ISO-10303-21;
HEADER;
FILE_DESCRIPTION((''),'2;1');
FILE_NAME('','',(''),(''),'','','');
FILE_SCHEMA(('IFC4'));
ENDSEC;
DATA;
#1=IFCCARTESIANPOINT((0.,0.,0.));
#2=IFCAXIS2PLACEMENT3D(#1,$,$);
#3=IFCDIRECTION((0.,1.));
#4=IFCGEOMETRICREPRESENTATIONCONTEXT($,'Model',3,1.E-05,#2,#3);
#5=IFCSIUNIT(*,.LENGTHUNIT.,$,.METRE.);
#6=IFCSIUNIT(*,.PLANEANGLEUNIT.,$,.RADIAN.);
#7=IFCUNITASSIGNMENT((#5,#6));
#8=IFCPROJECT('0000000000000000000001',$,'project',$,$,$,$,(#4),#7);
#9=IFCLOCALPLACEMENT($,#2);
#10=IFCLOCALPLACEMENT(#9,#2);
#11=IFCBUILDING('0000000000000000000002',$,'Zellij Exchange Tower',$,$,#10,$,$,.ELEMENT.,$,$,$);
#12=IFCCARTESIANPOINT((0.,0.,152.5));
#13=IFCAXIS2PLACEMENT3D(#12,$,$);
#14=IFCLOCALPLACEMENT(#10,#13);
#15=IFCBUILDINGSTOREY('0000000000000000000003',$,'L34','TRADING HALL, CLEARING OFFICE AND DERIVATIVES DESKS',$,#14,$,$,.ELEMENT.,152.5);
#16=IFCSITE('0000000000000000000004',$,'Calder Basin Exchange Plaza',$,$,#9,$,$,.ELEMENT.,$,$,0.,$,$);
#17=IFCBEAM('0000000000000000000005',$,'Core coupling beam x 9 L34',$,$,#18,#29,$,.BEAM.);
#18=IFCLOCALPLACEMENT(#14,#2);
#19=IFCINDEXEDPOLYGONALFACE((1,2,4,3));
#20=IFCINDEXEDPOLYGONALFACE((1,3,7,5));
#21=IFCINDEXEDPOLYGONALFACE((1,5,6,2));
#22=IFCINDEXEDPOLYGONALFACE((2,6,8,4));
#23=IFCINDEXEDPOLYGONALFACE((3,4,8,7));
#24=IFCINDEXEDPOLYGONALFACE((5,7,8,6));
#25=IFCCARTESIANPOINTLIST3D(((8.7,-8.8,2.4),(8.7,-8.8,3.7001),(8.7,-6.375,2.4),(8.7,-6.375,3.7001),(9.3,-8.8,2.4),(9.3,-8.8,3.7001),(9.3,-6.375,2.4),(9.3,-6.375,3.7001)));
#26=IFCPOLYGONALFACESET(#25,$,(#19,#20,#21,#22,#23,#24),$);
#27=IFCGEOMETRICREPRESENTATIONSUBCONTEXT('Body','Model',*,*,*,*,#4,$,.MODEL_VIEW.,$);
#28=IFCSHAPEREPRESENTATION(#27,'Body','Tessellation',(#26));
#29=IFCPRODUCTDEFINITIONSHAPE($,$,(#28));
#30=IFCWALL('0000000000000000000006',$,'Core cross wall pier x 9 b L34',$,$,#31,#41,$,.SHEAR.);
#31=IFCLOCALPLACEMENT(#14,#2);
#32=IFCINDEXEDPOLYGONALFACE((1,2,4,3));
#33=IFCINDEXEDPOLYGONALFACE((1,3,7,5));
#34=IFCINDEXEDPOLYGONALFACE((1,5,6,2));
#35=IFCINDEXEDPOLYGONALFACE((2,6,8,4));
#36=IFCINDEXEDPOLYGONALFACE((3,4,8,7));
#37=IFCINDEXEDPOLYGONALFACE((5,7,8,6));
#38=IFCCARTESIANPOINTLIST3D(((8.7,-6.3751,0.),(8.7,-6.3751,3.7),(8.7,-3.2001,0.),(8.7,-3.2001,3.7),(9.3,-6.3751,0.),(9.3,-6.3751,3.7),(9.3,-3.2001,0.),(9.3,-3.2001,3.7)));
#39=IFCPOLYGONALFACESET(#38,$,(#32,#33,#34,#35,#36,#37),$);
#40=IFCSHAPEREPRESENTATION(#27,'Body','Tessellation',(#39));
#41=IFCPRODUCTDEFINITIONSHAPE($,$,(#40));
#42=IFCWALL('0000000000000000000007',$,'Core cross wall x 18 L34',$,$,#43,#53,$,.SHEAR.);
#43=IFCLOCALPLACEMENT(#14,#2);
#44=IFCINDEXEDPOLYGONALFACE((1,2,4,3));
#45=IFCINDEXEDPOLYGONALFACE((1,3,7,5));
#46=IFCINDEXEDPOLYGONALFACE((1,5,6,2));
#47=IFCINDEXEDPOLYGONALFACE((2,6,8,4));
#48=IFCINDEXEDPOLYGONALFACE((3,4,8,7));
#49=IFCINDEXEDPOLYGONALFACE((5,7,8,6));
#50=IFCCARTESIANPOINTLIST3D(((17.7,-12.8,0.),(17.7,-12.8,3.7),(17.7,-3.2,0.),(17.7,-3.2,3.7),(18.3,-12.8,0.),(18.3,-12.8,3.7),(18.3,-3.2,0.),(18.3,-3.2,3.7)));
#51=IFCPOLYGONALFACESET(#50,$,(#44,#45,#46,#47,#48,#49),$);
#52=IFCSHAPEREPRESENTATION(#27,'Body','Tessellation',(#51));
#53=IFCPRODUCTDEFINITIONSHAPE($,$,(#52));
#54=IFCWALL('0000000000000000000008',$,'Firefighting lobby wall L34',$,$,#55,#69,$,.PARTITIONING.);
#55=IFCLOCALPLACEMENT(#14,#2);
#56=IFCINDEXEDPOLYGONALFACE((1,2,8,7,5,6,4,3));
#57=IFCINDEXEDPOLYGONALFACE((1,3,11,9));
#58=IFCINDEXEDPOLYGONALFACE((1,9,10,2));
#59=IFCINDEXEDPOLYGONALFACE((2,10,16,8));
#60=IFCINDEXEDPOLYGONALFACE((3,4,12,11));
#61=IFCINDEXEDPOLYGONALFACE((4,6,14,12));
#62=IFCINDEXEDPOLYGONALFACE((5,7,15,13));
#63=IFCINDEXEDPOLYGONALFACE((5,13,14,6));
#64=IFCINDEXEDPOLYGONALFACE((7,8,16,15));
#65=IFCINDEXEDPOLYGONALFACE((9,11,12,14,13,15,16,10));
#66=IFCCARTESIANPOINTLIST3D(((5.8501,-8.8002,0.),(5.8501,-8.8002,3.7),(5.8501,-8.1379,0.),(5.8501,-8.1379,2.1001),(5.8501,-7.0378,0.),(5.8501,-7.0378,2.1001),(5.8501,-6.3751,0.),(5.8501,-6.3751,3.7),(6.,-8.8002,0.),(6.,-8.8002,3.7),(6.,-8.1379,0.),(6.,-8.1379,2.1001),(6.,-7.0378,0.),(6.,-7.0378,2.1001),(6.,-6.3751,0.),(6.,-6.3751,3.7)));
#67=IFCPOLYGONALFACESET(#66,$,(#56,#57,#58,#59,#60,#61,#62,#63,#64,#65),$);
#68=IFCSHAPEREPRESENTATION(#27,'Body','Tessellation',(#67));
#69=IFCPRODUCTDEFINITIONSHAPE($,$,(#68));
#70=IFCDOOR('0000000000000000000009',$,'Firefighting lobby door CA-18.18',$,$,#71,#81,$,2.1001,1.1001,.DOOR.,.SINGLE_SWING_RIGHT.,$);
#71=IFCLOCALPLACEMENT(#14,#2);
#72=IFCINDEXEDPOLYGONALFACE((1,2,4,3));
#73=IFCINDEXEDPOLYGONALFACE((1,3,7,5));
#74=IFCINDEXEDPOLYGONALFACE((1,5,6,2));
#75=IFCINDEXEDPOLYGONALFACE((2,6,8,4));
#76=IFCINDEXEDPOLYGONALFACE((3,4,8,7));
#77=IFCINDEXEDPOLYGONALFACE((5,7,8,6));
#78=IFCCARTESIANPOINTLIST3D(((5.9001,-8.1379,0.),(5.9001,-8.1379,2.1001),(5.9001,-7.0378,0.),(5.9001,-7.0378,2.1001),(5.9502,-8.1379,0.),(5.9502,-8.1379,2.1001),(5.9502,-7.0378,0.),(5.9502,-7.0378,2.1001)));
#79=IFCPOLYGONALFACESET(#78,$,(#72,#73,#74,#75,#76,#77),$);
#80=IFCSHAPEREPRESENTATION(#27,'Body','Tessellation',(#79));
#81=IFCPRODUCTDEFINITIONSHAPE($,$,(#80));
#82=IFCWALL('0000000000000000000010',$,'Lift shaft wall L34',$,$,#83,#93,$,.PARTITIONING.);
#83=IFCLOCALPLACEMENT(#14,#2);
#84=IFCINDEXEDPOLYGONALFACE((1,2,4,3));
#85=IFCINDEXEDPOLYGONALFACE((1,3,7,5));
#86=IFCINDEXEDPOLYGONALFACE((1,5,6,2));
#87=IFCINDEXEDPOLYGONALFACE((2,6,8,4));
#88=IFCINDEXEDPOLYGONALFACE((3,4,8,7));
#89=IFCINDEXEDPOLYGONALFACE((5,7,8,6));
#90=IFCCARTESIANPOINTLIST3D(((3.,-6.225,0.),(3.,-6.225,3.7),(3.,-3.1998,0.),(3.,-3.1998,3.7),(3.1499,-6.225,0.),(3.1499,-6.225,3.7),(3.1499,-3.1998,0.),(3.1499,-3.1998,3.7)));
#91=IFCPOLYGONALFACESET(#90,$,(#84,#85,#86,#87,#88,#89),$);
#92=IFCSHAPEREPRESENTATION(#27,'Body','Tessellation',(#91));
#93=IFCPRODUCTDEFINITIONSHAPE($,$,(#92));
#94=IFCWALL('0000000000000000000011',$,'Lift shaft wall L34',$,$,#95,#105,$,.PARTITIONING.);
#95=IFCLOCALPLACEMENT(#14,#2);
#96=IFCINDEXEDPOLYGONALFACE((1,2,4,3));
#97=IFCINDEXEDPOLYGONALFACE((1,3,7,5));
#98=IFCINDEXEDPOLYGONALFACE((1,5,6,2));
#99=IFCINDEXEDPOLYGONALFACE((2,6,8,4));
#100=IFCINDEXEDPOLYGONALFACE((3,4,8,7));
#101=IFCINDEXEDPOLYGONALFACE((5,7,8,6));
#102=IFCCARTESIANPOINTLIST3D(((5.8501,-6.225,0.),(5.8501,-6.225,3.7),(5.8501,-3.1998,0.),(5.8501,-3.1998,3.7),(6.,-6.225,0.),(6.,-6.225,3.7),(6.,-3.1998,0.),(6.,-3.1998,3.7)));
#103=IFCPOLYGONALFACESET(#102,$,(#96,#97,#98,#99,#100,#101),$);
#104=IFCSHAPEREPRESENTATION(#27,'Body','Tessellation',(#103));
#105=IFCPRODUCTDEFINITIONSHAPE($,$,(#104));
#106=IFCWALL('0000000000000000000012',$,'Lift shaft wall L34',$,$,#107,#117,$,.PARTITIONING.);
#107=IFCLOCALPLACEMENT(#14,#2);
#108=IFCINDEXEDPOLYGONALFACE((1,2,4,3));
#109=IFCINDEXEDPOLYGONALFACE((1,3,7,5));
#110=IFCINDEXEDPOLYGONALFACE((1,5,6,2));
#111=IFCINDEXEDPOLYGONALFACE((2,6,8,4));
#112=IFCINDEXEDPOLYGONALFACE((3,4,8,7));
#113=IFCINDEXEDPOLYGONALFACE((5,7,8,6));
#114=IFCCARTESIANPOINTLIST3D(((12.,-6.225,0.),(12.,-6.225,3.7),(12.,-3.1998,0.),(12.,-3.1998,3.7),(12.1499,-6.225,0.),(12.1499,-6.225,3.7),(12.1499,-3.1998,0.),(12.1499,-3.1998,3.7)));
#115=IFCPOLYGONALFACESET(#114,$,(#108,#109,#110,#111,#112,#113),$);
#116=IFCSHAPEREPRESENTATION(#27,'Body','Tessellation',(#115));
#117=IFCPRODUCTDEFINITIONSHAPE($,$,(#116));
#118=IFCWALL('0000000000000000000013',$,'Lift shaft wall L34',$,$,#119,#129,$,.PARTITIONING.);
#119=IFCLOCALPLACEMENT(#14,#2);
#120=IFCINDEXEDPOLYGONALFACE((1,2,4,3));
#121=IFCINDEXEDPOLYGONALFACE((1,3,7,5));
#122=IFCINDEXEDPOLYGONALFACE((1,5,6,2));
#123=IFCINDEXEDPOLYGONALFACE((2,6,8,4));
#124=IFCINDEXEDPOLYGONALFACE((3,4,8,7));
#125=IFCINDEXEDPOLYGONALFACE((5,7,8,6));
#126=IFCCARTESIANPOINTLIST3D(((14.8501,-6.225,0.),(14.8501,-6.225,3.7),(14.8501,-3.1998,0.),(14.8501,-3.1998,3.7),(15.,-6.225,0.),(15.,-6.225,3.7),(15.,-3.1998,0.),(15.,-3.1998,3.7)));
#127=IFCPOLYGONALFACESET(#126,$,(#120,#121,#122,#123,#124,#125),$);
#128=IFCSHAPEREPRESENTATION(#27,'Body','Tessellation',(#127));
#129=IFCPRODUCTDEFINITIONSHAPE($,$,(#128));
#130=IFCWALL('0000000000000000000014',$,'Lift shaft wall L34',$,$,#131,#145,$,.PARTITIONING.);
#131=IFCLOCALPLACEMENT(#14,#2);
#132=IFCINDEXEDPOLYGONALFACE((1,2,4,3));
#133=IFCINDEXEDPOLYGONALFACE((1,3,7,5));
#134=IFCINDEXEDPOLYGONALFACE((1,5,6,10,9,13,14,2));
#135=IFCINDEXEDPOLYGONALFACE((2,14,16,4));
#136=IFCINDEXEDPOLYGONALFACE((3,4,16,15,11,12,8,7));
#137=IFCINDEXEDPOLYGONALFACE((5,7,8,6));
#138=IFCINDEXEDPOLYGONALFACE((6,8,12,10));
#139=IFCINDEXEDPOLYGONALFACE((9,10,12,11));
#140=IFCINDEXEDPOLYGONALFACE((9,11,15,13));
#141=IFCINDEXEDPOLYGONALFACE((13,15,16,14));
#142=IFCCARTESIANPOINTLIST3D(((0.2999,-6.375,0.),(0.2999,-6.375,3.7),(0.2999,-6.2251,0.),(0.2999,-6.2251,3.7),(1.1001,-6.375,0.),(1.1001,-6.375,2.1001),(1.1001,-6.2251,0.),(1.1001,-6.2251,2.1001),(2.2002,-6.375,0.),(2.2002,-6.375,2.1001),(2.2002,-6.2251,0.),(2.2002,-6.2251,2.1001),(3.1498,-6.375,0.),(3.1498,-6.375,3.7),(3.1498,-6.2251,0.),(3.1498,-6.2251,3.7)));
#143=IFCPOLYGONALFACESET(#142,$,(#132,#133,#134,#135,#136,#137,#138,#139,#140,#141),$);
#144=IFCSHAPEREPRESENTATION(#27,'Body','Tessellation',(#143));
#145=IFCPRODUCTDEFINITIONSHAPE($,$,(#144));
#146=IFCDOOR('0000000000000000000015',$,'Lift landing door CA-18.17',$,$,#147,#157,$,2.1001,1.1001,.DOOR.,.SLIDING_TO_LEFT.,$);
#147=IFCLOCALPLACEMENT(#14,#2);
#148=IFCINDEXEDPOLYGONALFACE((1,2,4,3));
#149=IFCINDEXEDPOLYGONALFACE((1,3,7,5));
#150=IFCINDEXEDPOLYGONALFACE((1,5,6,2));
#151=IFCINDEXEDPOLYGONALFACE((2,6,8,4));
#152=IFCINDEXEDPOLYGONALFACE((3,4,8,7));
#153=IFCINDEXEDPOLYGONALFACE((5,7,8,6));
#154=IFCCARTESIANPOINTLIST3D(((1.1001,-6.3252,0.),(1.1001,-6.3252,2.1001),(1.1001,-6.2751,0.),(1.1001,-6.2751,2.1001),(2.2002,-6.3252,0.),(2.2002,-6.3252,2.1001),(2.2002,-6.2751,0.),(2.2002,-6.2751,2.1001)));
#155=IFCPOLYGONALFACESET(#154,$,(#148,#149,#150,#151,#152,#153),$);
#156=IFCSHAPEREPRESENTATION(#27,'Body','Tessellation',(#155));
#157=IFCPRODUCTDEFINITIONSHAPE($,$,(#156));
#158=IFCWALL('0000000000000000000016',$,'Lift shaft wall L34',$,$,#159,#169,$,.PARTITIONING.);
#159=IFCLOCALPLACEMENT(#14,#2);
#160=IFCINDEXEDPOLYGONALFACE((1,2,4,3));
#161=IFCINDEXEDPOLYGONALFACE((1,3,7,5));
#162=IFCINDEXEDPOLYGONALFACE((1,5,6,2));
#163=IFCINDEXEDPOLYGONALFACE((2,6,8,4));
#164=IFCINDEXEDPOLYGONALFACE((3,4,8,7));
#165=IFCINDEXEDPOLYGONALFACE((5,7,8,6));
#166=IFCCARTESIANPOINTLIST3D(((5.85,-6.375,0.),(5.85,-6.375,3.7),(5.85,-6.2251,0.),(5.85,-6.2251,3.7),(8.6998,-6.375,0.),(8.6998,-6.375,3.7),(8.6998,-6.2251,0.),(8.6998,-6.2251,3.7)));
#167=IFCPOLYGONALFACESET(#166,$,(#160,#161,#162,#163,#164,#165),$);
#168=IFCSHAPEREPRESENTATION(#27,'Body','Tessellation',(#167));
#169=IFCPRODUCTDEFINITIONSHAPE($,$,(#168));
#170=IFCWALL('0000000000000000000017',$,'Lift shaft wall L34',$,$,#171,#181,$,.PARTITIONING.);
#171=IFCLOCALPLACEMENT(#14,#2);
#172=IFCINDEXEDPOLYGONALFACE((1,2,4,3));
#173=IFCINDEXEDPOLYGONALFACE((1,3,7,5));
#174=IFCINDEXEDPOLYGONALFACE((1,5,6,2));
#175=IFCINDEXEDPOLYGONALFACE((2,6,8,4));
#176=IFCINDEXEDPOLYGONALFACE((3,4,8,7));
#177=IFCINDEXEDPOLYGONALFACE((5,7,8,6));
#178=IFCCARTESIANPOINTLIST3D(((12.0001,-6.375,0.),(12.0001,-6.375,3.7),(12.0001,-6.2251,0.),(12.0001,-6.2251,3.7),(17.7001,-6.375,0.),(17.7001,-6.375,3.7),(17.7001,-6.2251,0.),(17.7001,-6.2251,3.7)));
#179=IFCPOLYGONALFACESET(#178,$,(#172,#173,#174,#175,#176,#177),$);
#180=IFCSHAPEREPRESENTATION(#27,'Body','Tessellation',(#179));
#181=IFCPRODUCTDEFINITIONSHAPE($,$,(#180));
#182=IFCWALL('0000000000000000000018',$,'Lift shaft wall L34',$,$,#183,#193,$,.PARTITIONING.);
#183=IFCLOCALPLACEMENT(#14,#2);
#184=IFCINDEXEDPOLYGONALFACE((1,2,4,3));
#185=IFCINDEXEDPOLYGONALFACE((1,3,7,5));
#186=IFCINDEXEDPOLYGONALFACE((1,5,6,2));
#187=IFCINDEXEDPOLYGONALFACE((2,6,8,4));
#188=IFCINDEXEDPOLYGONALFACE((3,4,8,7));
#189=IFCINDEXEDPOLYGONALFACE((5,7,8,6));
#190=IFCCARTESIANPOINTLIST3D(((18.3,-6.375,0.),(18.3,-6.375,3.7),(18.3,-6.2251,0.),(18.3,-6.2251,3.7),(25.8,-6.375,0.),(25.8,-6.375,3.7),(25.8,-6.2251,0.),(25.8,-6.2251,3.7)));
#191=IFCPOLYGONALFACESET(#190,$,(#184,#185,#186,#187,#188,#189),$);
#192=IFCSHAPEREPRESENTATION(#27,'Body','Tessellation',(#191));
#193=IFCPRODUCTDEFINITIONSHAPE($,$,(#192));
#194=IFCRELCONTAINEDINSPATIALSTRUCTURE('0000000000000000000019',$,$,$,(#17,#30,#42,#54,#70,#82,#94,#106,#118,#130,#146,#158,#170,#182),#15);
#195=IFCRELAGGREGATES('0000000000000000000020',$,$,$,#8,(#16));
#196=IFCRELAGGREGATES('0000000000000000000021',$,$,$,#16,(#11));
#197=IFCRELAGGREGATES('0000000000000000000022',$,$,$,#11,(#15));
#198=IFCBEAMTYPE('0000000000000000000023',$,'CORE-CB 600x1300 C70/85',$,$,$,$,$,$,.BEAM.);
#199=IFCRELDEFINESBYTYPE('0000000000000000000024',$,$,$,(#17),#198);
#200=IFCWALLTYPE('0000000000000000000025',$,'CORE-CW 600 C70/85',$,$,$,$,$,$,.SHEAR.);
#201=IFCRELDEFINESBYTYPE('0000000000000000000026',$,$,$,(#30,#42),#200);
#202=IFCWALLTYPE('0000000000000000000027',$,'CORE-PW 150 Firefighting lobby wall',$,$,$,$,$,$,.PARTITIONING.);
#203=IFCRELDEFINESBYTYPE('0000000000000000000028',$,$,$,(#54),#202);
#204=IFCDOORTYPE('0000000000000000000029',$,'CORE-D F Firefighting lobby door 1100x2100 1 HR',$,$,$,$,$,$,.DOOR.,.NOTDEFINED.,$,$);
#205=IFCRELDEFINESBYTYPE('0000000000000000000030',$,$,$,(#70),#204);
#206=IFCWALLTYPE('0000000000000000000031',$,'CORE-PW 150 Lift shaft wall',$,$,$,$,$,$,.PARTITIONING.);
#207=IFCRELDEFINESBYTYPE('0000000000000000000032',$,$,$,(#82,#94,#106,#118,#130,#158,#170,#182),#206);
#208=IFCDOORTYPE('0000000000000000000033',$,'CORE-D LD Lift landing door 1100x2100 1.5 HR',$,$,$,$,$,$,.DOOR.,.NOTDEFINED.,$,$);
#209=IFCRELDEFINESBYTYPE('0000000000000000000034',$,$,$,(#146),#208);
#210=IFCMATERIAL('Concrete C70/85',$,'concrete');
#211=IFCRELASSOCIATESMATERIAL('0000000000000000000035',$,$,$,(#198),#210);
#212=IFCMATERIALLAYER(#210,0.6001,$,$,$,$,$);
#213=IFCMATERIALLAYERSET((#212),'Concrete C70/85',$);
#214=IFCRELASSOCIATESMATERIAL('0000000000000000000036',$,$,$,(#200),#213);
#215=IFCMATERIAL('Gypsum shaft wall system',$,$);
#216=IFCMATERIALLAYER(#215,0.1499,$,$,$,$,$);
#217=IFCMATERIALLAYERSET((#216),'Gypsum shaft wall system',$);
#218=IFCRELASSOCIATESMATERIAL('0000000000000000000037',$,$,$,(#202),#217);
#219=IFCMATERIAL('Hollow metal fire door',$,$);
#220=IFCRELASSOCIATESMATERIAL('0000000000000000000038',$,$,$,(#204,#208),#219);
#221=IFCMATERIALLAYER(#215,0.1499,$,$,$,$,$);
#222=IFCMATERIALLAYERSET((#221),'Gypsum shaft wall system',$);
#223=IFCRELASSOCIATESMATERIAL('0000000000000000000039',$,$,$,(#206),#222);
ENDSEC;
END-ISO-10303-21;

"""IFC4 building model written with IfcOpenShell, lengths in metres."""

from ifc_helpers import new_model, si_unit, direction, frame, frame_2d, origin, origin_2d, place, context, subcontext, project, spatial, rectangle, extrude, material, layer, layer_set, material_profile, profile_set, type_object, element, fill, save


model = new_model("IFC4")

# Units and contexts
model_context = context("Model", 3, precision=1e-05, world=origin(), true_north=direction((0.0, 1.0)))
body_context = subcontext(model_context, "Body", "Model", "MODEL_VIEW")
ifc_project = project(units=[si_unit("LENGTHUNIT", "METRE"), si_unit("PLANEANGLEUNIT", "RADIAN")], contexts=[model_context])

# Site, building, storey
site_placement = place(None, origin())
site = spatial("IfcSite", under=ifc_project, at=site_placement, Name="Calder Basin Exchange Plaza", CompositionType="ELEMENT", RefElevation=0.0)
building_placement = place(site_placement, origin())
building = spatial("IfcBuilding", under=site, at=building_placement, Name="Zellij Exchange Tower", CompositionType="ELEMENT")
storey_placement = place(building_placement, frame((0.0, 0.0, 152.5)))
storey = spatial("IfcBuildingStorey", under=building, at=storey_placement, Name="L34", Description="TRADING HALL, CLEARING OFFICE AND DERIVATIVES DESKS", CompositionType="ELEMENT", Elevation=152.5)

# Beam
ifc_material_1 = material(Name="Concrete C70/85", Category="concrete")
ifc_material_profile = material_profile(ifc_material_1, rectangle(XDim=0.6001, YDim=1.3, at=origin_2d()), Name="CORE-CB 600x1300 C70/85")
ifc_profile_set = profile_set([ifc_material_profile], Name="Concrete C70/85")
beam_type = type_object("IfcBeamType", Name="CORE-CB 600x1300 C70/85", PredefinedType="BEAM", material=ifc_profile_set)
beam_placement = place(storey_placement, frame((9.0, -8.8, 3.05), z_axis=(0.0, 1.0, 0.0), x_axis=(-1.0, 0.0, 0.0)))
element("IfcBeam", 1, at=beam_placement, inside=storey, type_object=beam_type, Name="Core coupling beam x 9 L34", PredefinedType="BEAM", context=body_context, shape_type="SweptSolid", body=[
    extrude(rectangle(XDim=0.6001, YDim=1.3, at=origin_2d()), origin(), (0.0, 0.0, 1.0), 2.425),
])

# Walls
ifc_layer_1 = layer(ifc_material_1, 0.6001)
ifc_layer_set_1 = layer_set([ifc_layer_1], Name="Concrete C70/85")
wall_type_1 = type_object("IfcWallType", Name="CORE-CW 600 C70/85", PredefinedType="SHEAR", material=ifc_layer_set_1)
wall_1_placement = place(storey_placement, frame((9.0, -6.375, 0.0), z_axis=(0.0, 0.0, 1.0), x_axis=(0.0, 1.0, 0.0)))
element("IfcWall", 2, at=wall_1_placement, inside=storey, type_object=wall_type_1, Name="Core cross wall pier x 9 b L34", PredefinedType="SHEAR", context=body_context, shape_type="SweptSolid", body=[
    extrude(rectangle(XDim=3.175, YDim=0.6001, at=frame_2d((1.5874, 0.0))), origin(), (0.0, 0.0, 1.0), 3.7),
])
wall_2_placement = place(storey_placement, frame((18.0, -12.8, 0.0), z_axis=(0.0, 0.0, 1.0), x_axis=(0.0, 1.0, 0.0)))
element("IfcWall", 3, at=wall_2_placement, inside=storey, type_object=wall_type_1, Name="Core cross wall x 18 L34", PredefinedType="SHEAR", context=body_context, shape_type="SweptSolid", body=[
    extrude(rectangle(XDim=9.6001, YDim=0.6001, at=frame_2d((4.8, 0.0))), origin(), (0.0, 0.0, 1.0), 3.7),
])

# Wall, opening, door
ifc_material_2 = material(Name="Gypsum shaft wall system")
ifc_layer_2 = layer(ifc_material_2, 0.1499)
ifc_layer_set_2 = layer_set([ifc_layer_2], Name="Gypsum shaft wall system")
wall_type_2 = type_object("IfcWallType", Name="CORE-PW 150 Firefighting lobby wall", PredefinedType="PARTITIONING", material=ifc_layer_set_2)
wall_3_placement = place(storey_placement, frame((5.925, -8.8, 0.0), z_axis=(0.0, 0.0, 1.0), x_axis=(0.0, 1.0, 0.0)))
wall_3 = element("IfcWall", 4, at=wall_3_placement, inside=storey, type_object=wall_type_2, Name="Firefighting lobby wall L34", PredefinedType="PARTITIONING", context=body_context, shape_type="SweptSolid", body=[
    extrude(rectangle(XDim=2.425, YDim=0.1499, at=frame_2d((1.2124, 0.0))), origin(), (0.0, 0.0, 1.0), 3.7),
])
opening_1_placement = place(wall_3_placement, frame((0.6621, 0.0, 0.0)))
opening_1 = element("IfcOpeningElement", 5, at=opening_1_placement, cuts=wall_3, PredefinedType="OPENING", context=body_context, shape_type="SweptSolid", body=[
    extrude(rectangle(XDim=1.1001, YDim=2.1001, at=frame_2d((0.55, 1.05))), frame((0.0, 0.0869, 0.0), z_axis=(0.0, -1.0, 0.0), x_axis=(1.0, 0.0, 0.0)), (0.0, 0.0, 1.0), 0.1738),
])
ifc_material_3 = material(Name="Hollow metal fire door")
door_type_1 = type_object("IfcDoorType", Name="CORE-D F Firefighting lobby door 1100x2100 1 HR", OperationType="NOTDEFINED", PredefinedType="DOOR", material=ifc_material_3)
door_1_placement = place(opening_1_placement, origin())
door_1 = element("IfcDoor", 6, at=door_1_placement, inside=storey, type_object=door_type_1, Name="Firefighting lobby door CA-18.18", OperationType="SINGLE_SWING_RIGHT", OverallHeight=2.1001, OverallWidth=1.1001, PredefinedType="DOOR", context=body_context, shape_type="SweptSolid", body=[
    extrude(rectangle(XDim=1.1001, YDim=2.1001, at=frame_2d((0.55, 1.05))), frame((0.0, 0.0249, 0.0), z_axis=(0.0, -1.0, 0.0), x_axis=(1.0, 0.0, 0.0)), (0.0, 0.0, 1.0), 0.05),
])
fill(opening_1, door_1)

# Walls
ifc_layer_3 = layer(ifc_material_2, 0.1499)
ifc_layer_set_3 = layer_set([ifc_layer_3], Name="Gypsum shaft wall system")
wall_type_3 = type_object("IfcWallType", Name="CORE-PW 150 Lift shaft wall", PredefinedType="PARTITIONING", material=ifc_layer_set_3)
for number, where, z_axis, x_axis, name in (
    (7, (3.075, -6.2251, 0.0), (0.0, 0.0, 1.0), (0.0, 1.0, 0.0), "Lift shaft wall L34"),
    (8, (5.925, -6.2251, 0.0), (0.0, 0.0, 1.0), (0.0, 1.0, 0.0), "Lift shaft wall L34"),
    (9, (12.075, -6.2251, 0.0), (0.0, 0.0, 1.0), (0.0, 1.0, 0.0), "Lift shaft wall L34"),
    (10, (14.925, -6.2251, 0.0), (0.0, 0.0, 1.0), (0.0, 1.0, 0.0), "Lift shaft wall L34"),
):
    element("IfcWall", number, at=place(storey_placement, frame(where, z_axis=z_axis, x_axis=x_axis)), inside=storey, type_object=wall_type_3, Name=name, PredefinedType="PARTITIONING", context=body_context, shape_type="SweptSolid", body=[
        extrude(rectangle(XDim=3.0251, YDim=0.1499, at=frame_2d((1.5127, 0.0))), origin(), (0.0, 0.0, 1.0), 3.7),
    ])

# Wall, opening, door
wall_4_placement = place(storey_placement, frame((0.3, -6.3, 0.0), z_axis=(0.0, 0.0, 1.0), x_axis=(1.0, 0.0, 0.0)))
wall_4 = element("IfcWall", 11, at=wall_4_placement, inside=storey, type_object=wall_type_3, Name="Lift shaft wall L34", PredefinedType="PARTITIONING", context=body_context, shape_type="SweptSolid", body=[
    extrude(rectangle(XDim=2.8499, YDim=0.1499, at=frame_2d((1.4248, 0.0))), origin(), (0.0, 0.0, 1.0), 3.7),
])
opening_2_placement = place(wall_4_placement, frame((0.8, 0.0, 0.0)))
opening_2 = element("IfcOpeningElement", 12, at=opening_2_placement, cuts=wall_4, PredefinedType="OPENING", context=body_context, shape_type="SweptSolid", body=[
    extrude(rectangle(XDim=1.1001, YDim=2.1001, at=frame_2d((0.55, 1.05))), frame((0.0, 0.0869, 0.0), z_axis=(0.0, -1.0, 0.0), x_axis=(1.0, 0.0, 0.0)), (0.0, 0.0, 1.0), 0.1738),
])
door_type_2 = type_object("IfcDoorType", Name="CORE-D LD Lift landing door 1100x2100 1.5 HR", OperationType="NOTDEFINED", PredefinedType="DOOR", material=ifc_material_3)
door_2_placement = place(opening_2_placement, origin())
door_2 = element("IfcDoor", 13, at=door_2_placement, inside=storey, type_object=door_type_2, Name="Lift landing door CA-18.17", OperationType="SLIDING_TO_LEFT", OverallHeight=2.1001, OverallWidth=1.1001, PredefinedType="DOOR", context=body_context, shape_type="SweptSolid", body=[
    extrude(rectangle(XDim=1.1001, YDim=2.1001, at=frame_2d((0.55, 1.05))), frame((0.0, 0.0249, 0.0), z_axis=(0.0, -1.0, 0.0), x_axis=(1.0, 0.0, 0.0)), (0.0, 0.0, 1.0), 0.05),
])
fill(opening_2, door_2)

# Walls
wall_5_placement = place(storey_placement, frame((5.8501, -6.3, 0.0), z_axis=(0.0, 0.0, 1.0), x_axis=(1.0, 0.0, 0.0)))
element("IfcWall", 14, at=wall_5_placement, inside=storey, type_object=wall_type_3, Name="Lift shaft wall L34", PredefinedType="PARTITIONING", context=body_context, shape_type="SweptSolid", body=[
    extrude(rectangle(XDim=2.8499, YDim=0.1499, at=frame_2d((1.4248, 0.0))), origin(), (0.0, 0.0, 1.0), 3.7),
])
wall_6_placement = place(storey_placement, frame((12.0, -6.3, 0.0), z_axis=(0.0, 0.0, 1.0), x_axis=(1.0, 0.0, 0.0)))
element("IfcWall", 15, at=wall_6_placement, inside=storey, type_object=wall_type_3, Name="Lift shaft wall L34", PredefinedType="PARTITIONING", context=body_context, shape_type="SweptSolid", body=[
    extrude(rectangle(XDim=5.7, YDim=0.1499, at=frame_2d((2.8501, 0.0))), origin(), (0.0, 0.0, 1.0), 3.7),
])
wall_7_placement = place(storey_placement, frame((18.3, -6.3, 0.0), z_axis=(0.0, 0.0, 1.0), x_axis=(1.0, 0.0, 0.0)))
element("IfcWall", 16, at=wall_7_placement, inside=storey, type_object=wall_type_3, Name="Lift shaft wall L34", PredefinedType="PARTITIONING", context=body_context, shape_type="SweptSolid", body=[
    extrude(rectangle(XDim=7.5, YDim=0.1499, at=frame_2d((3.75, 0.0))), origin(), (0.0, 0.0, 1.0), 3.7),
])

save(model, "model.ifc")
